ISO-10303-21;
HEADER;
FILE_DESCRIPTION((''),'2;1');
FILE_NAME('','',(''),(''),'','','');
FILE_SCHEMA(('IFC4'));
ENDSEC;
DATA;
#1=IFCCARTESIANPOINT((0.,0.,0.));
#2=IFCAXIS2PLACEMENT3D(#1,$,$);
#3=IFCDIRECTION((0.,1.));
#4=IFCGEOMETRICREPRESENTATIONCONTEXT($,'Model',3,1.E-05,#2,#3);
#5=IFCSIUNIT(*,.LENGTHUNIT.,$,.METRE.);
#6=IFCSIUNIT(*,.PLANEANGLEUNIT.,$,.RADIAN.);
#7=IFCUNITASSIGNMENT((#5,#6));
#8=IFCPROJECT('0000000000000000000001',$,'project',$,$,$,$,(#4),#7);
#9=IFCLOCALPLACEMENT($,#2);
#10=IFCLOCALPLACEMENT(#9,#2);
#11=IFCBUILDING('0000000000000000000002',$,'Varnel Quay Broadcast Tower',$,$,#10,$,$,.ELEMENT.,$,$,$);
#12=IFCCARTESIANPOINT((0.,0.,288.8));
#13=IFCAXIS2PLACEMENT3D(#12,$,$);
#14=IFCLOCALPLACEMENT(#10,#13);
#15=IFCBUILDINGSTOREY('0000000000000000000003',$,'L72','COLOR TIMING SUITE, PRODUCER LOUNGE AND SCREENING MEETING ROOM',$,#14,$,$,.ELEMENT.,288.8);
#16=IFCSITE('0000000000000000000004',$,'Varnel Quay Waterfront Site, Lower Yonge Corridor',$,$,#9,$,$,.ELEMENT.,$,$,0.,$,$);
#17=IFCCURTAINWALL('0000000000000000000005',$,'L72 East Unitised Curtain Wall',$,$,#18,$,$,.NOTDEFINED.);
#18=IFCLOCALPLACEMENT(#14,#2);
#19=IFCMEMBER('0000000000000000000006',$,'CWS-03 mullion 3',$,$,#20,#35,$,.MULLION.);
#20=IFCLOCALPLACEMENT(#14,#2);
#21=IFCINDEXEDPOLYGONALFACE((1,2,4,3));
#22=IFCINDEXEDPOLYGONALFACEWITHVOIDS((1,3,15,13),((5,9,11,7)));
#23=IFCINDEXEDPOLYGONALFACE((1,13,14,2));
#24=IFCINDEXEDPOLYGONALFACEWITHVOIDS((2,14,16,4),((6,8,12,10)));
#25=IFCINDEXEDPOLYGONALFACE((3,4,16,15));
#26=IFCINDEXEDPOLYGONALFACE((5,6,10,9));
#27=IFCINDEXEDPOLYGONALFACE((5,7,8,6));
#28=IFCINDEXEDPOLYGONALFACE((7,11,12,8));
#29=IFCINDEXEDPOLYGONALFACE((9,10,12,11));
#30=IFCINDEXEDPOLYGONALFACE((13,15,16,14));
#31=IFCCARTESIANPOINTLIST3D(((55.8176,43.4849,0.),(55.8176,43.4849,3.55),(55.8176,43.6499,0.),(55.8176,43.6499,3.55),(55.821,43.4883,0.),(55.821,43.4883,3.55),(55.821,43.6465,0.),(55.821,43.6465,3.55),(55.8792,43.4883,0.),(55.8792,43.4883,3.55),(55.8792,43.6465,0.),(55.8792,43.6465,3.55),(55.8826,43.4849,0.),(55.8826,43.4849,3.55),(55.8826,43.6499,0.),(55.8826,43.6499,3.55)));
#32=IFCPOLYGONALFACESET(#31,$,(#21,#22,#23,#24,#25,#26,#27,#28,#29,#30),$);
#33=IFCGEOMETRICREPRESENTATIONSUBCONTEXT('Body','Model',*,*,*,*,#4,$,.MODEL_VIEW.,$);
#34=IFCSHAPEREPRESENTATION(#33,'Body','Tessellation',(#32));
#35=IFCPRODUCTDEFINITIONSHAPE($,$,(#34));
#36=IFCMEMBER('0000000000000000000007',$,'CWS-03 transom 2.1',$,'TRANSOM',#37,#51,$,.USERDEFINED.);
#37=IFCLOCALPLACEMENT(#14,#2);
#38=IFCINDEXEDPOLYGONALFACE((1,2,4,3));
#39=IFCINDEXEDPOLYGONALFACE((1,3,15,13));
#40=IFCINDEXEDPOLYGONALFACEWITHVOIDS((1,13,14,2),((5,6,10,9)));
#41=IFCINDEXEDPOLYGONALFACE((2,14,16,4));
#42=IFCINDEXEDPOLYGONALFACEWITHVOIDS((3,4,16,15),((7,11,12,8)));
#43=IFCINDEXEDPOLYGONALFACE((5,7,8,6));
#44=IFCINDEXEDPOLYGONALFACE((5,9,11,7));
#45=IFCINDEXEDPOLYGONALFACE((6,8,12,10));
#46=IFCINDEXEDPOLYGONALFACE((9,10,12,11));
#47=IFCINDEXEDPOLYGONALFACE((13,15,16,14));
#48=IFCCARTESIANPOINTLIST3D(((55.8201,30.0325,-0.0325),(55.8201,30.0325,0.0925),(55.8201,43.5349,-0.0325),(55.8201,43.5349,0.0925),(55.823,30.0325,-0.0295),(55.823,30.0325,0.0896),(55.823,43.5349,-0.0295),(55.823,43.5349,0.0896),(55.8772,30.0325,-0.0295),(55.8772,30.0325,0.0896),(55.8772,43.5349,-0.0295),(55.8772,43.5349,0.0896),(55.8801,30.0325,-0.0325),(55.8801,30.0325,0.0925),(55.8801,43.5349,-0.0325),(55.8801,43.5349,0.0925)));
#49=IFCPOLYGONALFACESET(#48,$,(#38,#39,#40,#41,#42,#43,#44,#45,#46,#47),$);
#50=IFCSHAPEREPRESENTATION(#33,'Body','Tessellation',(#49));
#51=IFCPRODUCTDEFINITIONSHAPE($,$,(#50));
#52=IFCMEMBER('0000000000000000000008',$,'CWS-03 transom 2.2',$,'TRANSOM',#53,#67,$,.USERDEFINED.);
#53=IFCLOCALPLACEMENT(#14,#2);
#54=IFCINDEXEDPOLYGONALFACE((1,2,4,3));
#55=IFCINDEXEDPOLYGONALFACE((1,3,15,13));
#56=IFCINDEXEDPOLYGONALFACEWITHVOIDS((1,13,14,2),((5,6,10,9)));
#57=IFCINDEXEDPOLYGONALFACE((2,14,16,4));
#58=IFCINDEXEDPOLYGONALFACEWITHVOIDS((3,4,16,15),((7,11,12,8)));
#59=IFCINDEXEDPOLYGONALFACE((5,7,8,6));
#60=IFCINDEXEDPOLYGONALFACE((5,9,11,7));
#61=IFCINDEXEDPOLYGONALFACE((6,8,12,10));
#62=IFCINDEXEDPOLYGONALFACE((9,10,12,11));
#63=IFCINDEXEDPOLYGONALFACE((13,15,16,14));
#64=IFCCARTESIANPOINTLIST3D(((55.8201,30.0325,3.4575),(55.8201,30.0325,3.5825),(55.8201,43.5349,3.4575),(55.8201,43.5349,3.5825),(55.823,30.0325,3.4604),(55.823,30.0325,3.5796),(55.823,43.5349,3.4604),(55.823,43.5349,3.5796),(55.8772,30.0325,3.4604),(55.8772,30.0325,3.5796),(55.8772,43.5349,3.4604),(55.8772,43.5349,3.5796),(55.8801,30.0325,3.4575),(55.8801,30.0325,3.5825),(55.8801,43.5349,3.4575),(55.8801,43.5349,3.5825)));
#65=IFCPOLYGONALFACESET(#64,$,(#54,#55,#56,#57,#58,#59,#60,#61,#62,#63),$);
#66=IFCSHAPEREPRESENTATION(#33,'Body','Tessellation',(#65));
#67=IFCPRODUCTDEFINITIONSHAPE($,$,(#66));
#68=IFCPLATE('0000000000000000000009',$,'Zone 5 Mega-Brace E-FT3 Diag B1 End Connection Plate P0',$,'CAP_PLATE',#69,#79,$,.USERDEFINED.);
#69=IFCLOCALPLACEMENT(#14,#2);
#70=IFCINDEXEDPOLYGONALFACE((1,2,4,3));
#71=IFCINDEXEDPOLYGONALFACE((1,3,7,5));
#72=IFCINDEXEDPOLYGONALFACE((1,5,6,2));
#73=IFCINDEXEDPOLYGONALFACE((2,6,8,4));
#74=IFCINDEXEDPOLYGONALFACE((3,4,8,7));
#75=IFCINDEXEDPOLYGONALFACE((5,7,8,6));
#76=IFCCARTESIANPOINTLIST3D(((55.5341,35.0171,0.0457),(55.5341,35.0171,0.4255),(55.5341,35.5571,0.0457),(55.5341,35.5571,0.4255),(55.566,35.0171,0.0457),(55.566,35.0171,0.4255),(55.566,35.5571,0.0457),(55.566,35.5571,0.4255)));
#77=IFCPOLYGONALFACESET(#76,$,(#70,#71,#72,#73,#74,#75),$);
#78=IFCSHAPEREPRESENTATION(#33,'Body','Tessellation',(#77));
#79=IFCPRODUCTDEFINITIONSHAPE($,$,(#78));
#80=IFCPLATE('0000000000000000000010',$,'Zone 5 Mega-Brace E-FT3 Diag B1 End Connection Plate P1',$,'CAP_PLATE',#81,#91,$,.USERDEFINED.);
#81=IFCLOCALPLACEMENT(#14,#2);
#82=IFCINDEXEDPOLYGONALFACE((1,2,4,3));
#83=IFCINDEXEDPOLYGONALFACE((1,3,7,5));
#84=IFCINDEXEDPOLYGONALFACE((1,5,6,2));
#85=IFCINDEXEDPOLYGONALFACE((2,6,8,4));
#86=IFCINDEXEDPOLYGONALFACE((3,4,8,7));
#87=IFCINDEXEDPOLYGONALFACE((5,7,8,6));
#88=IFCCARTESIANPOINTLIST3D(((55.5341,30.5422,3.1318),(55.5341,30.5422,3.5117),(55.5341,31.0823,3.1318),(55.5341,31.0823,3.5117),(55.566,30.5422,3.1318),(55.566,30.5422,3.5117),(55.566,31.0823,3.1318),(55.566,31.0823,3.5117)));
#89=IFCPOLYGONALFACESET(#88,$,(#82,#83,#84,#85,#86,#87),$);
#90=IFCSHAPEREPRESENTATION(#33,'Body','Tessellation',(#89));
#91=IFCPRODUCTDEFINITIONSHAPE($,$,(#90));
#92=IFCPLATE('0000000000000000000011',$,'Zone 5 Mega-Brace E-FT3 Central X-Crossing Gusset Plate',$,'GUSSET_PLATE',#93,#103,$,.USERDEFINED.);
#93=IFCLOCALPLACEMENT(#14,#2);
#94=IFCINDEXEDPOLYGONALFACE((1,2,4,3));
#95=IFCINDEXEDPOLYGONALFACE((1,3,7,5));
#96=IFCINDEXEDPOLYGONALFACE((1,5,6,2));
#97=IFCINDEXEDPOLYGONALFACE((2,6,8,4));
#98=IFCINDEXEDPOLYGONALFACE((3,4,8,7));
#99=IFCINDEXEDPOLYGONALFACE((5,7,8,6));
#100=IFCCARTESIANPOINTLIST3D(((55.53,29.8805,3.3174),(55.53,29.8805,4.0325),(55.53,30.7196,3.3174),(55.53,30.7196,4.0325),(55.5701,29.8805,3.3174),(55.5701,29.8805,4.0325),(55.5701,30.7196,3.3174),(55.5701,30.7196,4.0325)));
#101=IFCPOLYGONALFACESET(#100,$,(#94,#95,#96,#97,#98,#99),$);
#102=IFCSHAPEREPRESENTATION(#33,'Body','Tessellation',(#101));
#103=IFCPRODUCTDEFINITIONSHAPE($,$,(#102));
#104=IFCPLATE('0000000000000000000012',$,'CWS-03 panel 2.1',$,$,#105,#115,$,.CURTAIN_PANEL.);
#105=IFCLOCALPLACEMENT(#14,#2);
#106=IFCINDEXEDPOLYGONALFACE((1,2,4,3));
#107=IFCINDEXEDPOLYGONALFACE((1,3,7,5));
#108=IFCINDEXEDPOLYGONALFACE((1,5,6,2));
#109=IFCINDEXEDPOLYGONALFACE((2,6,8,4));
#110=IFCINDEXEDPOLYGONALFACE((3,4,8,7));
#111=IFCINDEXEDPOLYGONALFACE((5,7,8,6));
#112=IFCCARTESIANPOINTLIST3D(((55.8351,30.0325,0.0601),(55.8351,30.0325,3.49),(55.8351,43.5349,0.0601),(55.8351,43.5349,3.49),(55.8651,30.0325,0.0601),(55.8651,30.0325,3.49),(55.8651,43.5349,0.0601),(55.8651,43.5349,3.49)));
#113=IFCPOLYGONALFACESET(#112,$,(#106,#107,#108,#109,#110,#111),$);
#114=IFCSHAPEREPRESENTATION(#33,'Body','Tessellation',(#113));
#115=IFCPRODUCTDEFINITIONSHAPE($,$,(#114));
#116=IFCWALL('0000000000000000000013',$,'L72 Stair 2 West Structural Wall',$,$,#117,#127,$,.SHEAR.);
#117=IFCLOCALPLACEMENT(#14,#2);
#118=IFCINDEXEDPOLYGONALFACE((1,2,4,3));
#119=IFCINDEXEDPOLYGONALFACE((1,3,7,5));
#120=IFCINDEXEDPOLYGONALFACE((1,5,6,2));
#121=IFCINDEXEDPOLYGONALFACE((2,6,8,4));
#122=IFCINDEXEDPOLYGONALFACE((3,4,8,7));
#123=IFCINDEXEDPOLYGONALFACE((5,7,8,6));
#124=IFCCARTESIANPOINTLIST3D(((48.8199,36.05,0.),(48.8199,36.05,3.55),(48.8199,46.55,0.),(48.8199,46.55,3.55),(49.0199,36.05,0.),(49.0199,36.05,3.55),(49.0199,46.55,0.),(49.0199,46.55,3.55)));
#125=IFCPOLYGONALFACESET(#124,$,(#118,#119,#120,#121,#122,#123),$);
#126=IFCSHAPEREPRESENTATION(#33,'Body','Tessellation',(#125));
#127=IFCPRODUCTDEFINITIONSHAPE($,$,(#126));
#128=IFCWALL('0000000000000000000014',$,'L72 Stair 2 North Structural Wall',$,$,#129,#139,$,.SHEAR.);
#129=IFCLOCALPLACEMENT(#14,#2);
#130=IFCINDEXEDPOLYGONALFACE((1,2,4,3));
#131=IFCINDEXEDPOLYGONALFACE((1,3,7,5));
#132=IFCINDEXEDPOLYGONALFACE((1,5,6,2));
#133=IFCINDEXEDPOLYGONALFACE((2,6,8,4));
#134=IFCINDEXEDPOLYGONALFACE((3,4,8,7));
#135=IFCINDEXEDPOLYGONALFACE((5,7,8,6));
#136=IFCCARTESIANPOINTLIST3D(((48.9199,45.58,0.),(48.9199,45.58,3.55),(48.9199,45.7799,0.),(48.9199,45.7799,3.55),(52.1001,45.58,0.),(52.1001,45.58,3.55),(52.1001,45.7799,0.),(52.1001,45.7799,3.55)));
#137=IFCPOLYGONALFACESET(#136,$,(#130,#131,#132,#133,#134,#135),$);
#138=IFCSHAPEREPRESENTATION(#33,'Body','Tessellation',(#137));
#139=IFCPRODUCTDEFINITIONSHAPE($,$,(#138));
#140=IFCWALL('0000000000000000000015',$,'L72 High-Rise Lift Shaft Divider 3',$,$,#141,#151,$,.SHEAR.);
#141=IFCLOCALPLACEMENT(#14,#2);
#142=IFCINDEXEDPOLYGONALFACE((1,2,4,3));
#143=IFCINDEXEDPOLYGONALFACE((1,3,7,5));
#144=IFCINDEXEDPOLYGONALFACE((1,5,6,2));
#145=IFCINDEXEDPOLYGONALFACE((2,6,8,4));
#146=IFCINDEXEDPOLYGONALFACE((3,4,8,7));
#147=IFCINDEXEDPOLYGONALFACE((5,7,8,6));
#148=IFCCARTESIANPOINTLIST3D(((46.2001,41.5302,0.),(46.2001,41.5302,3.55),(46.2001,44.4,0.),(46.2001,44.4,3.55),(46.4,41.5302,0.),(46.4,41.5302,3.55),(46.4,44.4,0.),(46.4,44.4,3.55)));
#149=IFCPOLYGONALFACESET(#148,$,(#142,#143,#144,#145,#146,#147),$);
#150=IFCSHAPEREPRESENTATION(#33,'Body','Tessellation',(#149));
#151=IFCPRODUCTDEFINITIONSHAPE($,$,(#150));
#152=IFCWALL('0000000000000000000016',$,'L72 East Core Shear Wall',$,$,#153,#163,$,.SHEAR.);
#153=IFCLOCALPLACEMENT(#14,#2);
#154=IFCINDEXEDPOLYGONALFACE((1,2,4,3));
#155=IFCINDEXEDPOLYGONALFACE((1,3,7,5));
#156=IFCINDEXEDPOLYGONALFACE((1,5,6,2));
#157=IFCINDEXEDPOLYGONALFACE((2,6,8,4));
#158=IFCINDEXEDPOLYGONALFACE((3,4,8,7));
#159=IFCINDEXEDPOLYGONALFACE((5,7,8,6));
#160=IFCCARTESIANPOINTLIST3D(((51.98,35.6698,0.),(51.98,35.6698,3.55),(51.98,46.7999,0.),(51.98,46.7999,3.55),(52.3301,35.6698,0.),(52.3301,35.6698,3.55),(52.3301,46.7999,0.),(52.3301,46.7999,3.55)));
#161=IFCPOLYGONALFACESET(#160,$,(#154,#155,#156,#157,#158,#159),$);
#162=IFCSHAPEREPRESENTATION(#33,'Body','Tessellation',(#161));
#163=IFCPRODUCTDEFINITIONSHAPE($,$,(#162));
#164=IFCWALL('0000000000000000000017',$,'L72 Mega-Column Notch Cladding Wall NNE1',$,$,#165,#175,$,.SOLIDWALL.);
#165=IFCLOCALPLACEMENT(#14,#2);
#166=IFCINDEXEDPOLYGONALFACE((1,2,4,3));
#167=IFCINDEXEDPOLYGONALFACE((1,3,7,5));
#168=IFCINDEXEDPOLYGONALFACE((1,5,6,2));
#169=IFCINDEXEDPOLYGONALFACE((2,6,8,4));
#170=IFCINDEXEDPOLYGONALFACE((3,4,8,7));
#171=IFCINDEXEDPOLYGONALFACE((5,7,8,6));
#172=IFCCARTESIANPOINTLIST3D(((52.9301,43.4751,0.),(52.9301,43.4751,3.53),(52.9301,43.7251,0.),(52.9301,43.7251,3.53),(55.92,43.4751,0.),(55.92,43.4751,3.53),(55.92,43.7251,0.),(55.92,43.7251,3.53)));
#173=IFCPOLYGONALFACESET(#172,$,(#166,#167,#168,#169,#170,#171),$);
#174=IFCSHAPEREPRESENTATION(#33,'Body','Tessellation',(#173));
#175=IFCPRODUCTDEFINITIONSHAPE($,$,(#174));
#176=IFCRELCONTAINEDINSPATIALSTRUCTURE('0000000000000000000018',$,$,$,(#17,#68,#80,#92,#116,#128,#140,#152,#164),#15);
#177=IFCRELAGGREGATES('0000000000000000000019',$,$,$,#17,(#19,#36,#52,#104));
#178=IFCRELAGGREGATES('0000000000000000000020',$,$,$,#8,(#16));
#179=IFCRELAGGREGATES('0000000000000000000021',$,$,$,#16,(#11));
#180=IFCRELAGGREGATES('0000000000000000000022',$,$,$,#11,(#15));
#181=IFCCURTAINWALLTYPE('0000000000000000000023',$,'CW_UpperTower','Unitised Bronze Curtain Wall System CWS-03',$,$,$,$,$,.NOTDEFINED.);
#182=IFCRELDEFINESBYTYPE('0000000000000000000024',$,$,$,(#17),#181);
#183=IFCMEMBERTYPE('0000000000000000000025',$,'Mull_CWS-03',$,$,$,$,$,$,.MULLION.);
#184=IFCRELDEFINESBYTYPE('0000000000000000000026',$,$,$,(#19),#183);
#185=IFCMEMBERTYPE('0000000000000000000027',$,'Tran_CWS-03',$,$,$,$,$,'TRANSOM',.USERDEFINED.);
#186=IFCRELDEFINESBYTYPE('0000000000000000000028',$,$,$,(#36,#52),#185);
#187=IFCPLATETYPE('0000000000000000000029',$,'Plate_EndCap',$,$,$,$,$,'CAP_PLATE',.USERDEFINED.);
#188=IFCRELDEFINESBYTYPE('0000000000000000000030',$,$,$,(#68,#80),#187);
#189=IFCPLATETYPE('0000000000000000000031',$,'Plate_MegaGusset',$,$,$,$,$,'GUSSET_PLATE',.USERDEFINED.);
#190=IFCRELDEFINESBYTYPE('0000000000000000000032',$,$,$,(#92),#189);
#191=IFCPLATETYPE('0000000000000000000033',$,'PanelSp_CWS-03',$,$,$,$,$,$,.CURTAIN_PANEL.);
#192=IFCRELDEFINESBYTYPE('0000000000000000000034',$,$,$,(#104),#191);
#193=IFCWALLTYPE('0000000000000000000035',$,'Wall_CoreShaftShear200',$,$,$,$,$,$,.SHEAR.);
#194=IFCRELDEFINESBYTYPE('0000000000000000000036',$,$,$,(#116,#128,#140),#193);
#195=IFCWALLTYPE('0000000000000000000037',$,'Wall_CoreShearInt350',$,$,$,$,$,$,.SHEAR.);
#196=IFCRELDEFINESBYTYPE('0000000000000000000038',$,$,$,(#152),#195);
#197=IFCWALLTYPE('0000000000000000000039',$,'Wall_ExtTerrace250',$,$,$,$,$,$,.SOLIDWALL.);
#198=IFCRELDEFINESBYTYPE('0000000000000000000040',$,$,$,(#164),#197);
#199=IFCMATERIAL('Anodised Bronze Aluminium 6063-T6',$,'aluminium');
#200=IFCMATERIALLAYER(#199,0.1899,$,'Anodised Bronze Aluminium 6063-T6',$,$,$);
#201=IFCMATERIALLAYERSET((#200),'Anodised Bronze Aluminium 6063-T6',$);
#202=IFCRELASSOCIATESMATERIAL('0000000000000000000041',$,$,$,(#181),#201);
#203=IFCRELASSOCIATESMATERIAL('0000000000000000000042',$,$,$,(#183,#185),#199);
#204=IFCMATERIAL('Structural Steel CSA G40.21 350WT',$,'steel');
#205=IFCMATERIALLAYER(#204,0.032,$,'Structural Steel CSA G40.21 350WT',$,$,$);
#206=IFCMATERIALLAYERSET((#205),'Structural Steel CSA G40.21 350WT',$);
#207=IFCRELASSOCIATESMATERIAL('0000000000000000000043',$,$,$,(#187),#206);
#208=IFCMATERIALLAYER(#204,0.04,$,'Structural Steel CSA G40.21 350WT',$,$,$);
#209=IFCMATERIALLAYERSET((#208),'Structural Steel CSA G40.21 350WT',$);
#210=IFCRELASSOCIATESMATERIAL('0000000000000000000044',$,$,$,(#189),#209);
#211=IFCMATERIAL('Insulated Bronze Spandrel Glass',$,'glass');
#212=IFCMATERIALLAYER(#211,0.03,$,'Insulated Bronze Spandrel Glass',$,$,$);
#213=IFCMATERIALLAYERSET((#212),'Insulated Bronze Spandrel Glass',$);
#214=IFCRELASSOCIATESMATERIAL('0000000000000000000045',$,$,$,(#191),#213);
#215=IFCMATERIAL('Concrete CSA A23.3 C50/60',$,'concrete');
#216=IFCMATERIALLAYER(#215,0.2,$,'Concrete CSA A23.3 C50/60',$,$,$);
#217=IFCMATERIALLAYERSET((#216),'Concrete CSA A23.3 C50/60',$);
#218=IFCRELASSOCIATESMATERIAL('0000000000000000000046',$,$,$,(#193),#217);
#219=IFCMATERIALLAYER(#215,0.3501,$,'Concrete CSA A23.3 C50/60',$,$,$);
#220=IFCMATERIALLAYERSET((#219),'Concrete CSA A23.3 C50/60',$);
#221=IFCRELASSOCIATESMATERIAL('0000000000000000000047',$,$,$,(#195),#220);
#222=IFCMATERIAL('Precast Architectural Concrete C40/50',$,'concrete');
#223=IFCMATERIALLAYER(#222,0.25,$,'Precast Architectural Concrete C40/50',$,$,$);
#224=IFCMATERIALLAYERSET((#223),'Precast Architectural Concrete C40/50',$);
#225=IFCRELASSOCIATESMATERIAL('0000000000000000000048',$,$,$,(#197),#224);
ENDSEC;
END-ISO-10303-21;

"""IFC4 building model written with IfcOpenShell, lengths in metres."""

from ifc_helpers import new_model, si_unit, direction, frame, frame_2d, origin, origin_2d, place, context, subcontext, project, spatial, rectangle, hollow_rectangle, extrude, source, transform, mapped, material, layer, layer_set, material_profile, profile_set, type_object, type_shapes, element, aggregate, save


model = new_model("IFC4")

# Units and contexts
model_context = context("Model", 3, precision=1e-05, world=origin(), true_north=direction((0.0, 1.0)))
body_context = subcontext(model_context, "Body", "Model", "MODEL_VIEW")
ifc_project = project(units=[si_unit("LENGTHUNIT", "METRE"), si_unit("PLANEANGLEUNIT", "RADIAN")], contexts=[model_context])

# Site, building, storey
site_placement = place(None, origin())
site = spatial("IfcSite", under=ifc_project, at=site_placement, Name="Varnel Quay Waterfront Site, Lower Yonge Corridor", CompositionType="ELEMENT", RefElevation=0.0)
building_placement = place(site_placement, origin())
building = spatial("IfcBuilding", under=site, at=building_placement, Name="Varnel Quay Broadcast Tower", CompositionType="ELEMENT")
storey_placement = place(building_placement, frame((0.0, 0.0, 288.8)))
storey = spatial("IfcBuildingStorey", under=building, at=storey_placement, Name="L72", Description="COLOR TIMING SUITE, PRODUCER LOUNGE AND SCREENING MEETING ROOM", CompositionType="ELEMENT", Elevation=288.8)

# Shared definitions
ifc_material_1 = material(Name="Structural Steel CSA G40.21 350WT", Category="steel")

# Curtain wall, members
ifc_material_2 = material(Name="Anodised Bronze Aluminium 6063-T6", Category="aluminium")
ifc_layer_1 = layer(ifc_material_2, 0.1899, Name="Anodised Bronze Aluminium 6063-T6")
ifc_layer_set_1 = layer_set([ifc_layer_1], Name="Anodised Bronze Aluminium 6063-T6")
curtain_wall_type = type_object("IfcCurtainWallType", Name="CW_UpperTower", Description="Unitised Bronze Curtain Wall System CWS-03", PredefinedType="NOTDEFINED", material=ifc_layer_set_1)
curtain_wall_placement = place(storey_placement, origin())
curtain_wall = element("IfcCurtainWall", 1, at=curtain_wall_placement, inside=storey, type_object=curtain_wall_type, Name="L72 East Unitised Curtain Wall", PredefinedType="NOTDEFINED")
ifc_material_profile_1 = material_profile(ifc_material_2, hollow_rectangle(XDim=0.0649, YDim=0.165, WallThickness=0.0034, at=origin_2d()), Name="ALU65X165X3.5")
ifc_profile_set_1 = profile_set([ifc_material_profile_1], Name="Anodised Bronze Aluminium 6063-T6")
member_type_1 = type_object("IfcMemberType", Name="Mull_CWS-03", PredefinedType="MULLION", material=ifc_profile_set_1)
shared_shape_1 = source(origin(), body_context, "Body", "SweptSolid", [
    extrude(hollow_rectangle(XDim=0.0649, YDim=0.165, WallThickness=0.0034, at=origin_2d()), origin(), (0.0, 0.0, 1.0), 3.55),
])
type_shapes(member_type_1, [shared_shape_1])
member_1_placement = place(storey_placement, frame((55.8501, 43.5674, 0.0), z_axis=(0.0, 0.0, 1.0), x_axis=(-1.0, 0.0, 0.0)))
member_1 = element("IfcMember", 2, at=member_1_placement, type_object=member_type_1, Name="CWS-03 mullion 3", PredefinedType="MULLION", context=body_context, shape_type="MappedRepresentation", body=[
    mapped(shared_shape_1, transform((0.0, 0.0, 0.0), x_axis=(1.0, 0.0, 0.0), y_axis=(0.0, 1.0, 0.0), z_axis=(0.0, 0.0, 1.0), scale=1.0)),
])
ifc_material_profile_2 = material_profile(ifc_material_2, hollow_rectangle(XDim=0.0601, YDim=0.125, WallThickness=0.0029, at=origin_2d()), Name="ALU60X125X3")
ifc_profile_set_2 = profile_set([ifc_material_profile_2], Name="Anodised Bronze Aluminium 6063-T6")
member_type_2 = type_object("IfcMemberType", Name="Tran_CWS-03", ElementType="TRANSOM", PredefinedType="USERDEFINED", material=ifc_profile_set_2)
shared_shape_2 = source(origin(), body_context, "Body", "SweptSolid", [
    extrude(hollow_rectangle(XDim=0.0601, YDim=0.125, WallThickness=0.0029, at=origin_2d()), origin(), (0.0, 0.0, 1.0), 13.5024),
])
type_shapes(member_type_2, [shared_shape_2])
member_2_placement = place(storey_placement, frame((55.8501, 30.0325, 0.03), z_axis=(0.0, 1.0, 0.0), x_axis=(-1.0, 0.0, 0.0)))
member_2 = element("IfcMember", 3, at=member_2_placement, type_object=member_type_2, Name="CWS-03 transom 2.1", ObjectType="TRANSOM", PredefinedType="USERDEFINED", context=body_context, shape_type="MappedRepresentation", body=[
    mapped(shared_shape_2, transform((0.0, 0.0, 0.0), x_axis=(1.0, 0.0, 0.0), y_axis=(0.0, 1.0, 0.0), z_axis=(0.0, 0.0, 1.0), scale=1.0)),
])
member_3_placement = place(storey_placement, frame((55.8501, 30.0325, 3.52), z_axis=(0.0, 1.0, 0.0), x_axis=(-1.0, 0.0, 0.0)))
member_3 = element("IfcMember", 4, at=member_3_placement, type_object=member_type_2, Name="CWS-03 transom 2.2", ObjectType="TRANSOM", PredefinedType="USERDEFINED", context=body_context, shape_type="MappedRepresentation", body=[
    mapped(shared_shape_2, transform((0.0, 0.0, 0.0), x_axis=(1.0, 0.0, 0.0), y_axis=(0.0, 1.0, 0.0), z_axis=(0.0, 0.0, 1.0), scale=1.0)),
])

# Plates
ifc_layer_2 = layer(ifc_material_1, 0.032, Name="Structural Steel CSA G40.21 350WT")
ifc_layer_set_2 = layer_set([ifc_layer_2], Name="Structural Steel CSA G40.21 350WT")
plate_type_1 = type_object("IfcPlateType", Name="Plate_EndCap", ElementType="CAP_PLATE", PredefinedType="USERDEFINED", material=ifc_layer_set_2)
shared_shape_3 = source(origin(), body_context, "Body", "SweptSolid", [
    extrude(rectangle(XDim=0.54, YDim=0.032, at=origin_2d()), origin(), (0.0, 0.0, 1.0), 0.3799),
])
type_shapes(plate_type_1, [shared_shape_3])
for number, where, z_axis, x_axis, name in (
    (5, (55.55, 35.2871, 0.0457), (0.0, 0.0, 1.0), (0.0, 1.0, 0.0), "Zone 5 Mega-Brace E-FT3 Diag B1 End Connection Plate P0"),
    (6, (55.55, 30.8123, 3.1318), (0.0, 0.0, 1.0), (0.0, 1.0, 0.0), "Zone 5 Mega-Brace E-FT3 Diag B1 End Connection Plate P1"),
):
    element("IfcPlate", number, at=place(storey_placement, frame(where, z_axis=z_axis, x_axis=x_axis)), inside=storey, type_object=plate_type_1, Name=name, ObjectType="CAP_PLATE", PredefinedType="USERDEFINED", context=body_context, shape_type="MappedRepresentation", body=[
        mapped(shared_shape_3, transform((0.0, 0.0, 0.0), x_axis=(1.0, 0.0, 0.0), y_axis=(0.0, 1.0, 0.0), z_axis=(0.0, 0.0, 1.0), scale=1.0)),
    ])
ifc_layer_3 = layer(ifc_material_1, 0.04, Name="Structural Steel CSA G40.21 350WT")
ifc_layer_set_3 = layer_set([ifc_layer_3], Name="Structural Steel CSA G40.21 350WT")
plate_type_2 = type_object("IfcPlateType", Name="Plate_MegaGusset", ElementType="GUSSET_PLATE", PredefinedType="USERDEFINED", material=ifc_layer_set_3)
shared_shape_4 = source(origin(), body_context, "Body", "SweptSolid", [
    extrude(rectangle(XDim=0.8391, YDim=0.04, at=origin_2d()), origin(), (0.0, 0.0, 1.0), 0.7151),
])
type_shapes(plate_type_2, [shared_shape_4])
plate_1_placement = place(storey_placement, frame((55.55, 30.3, 3.3174), z_axis=(0.0, 0.0, 1.0), x_axis=(0.0, 1.0, 0.0)))
element("IfcPlate", 7, at=plate_1_placement, inside=storey, type_object=plate_type_2, Name="Zone 5 Mega-Brace E-FT3 Central X-Crossing Gusset Plate", ObjectType="GUSSET_PLATE", PredefinedType="USERDEFINED", context=body_context, shape_type="MappedRepresentation", body=[
    mapped(shared_shape_4, transform((0.0, 0.0, 0.0), x_axis=(1.0, 0.0, 0.0), y_axis=(0.0, 1.0, 0.0), z_axis=(0.0, 0.0, 1.0), scale=1.0)),
])

# Plate
ifc_material_3 = material(Name="Insulated Bronze Spandrel Glass", Category="glass")
ifc_layer_4 = layer(ifc_material_3, 0.03, Name="Insulated Bronze Spandrel Glass")
ifc_layer_set_4 = layer_set([ifc_layer_4], Name="Insulated Bronze Spandrel Glass")
plate_type_3 = type_object("IfcPlateType", Name="PanelSp_CWS-03", PredefinedType="CURTAIN_PANEL", material=ifc_layer_set_4)
shared_shape_5 = source(origin(), body_context, "Body", "SweptSolid", [
    extrude(rectangle(XDim=13.5024, YDim=0.03, at=origin_2d()), origin(), (0.0, 0.0, 1.0), 3.4299),
])
type_shapes(plate_type_3, [shared_shape_5])
plate_2_placement = place(storey_placement, frame((55.8501, 36.7837, 0.0601), z_axis=(0.0, 0.0, 1.0), x_axis=(0.0, 1.0, 0.0)))
plate_2 = element("IfcPlate", 8, at=plate_2_placement, type_object=plate_type_3, Name="CWS-03 panel 2.1", PredefinedType="CURTAIN_PANEL", context=body_context, shape_type="MappedRepresentation", body=[
    mapped(shared_shape_5, transform((0.0, 0.0, 0.0), x_axis=(1.0, 0.0, 0.0), y_axis=(0.0, 1.0, 0.0), z_axis=(0.0, 0.0, 1.0), scale=1.0)),
])
aggregate(curtain_wall, [member_1, member_2, member_3, plate_2])

# Walls
ifc_material_4 = material(Name="Concrete CSA A23.3 C50/60", Category="concrete")
ifc_layer_5 = layer(ifc_material_4, 0.2, Name="Concrete CSA A23.3 C50/60")
ifc_layer_set_5 = layer_set([ifc_layer_5], Name="Concrete CSA A23.3 C50/60")
wall_type_1 = type_object("IfcWallType", Name="Wall_CoreShaftShear200", PredefinedType="SHEAR", material=ifc_layer_set_5)
wall_1_placement = place(storey_placement, frame((48.9199, 36.05, 0.0), z_axis=(0.0, 0.0, 1.0), x_axis=(0.0, 1.0, 0.0)))
element("IfcWall", 9, at=wall_1_placement, inside=storey, type_object=wall_type_1, Name="L72 Stair 2 West Structural Wall", PredefinedType="SHEAR", context=body_context, shape_type="SweptSolid", body=[
    extrude(rectangle(XDim=10.5, YDim=0.2, at=frame_2d((5.25, 0.0))), origin(), (0.0, 0.0, 1.0), 3.55),
])
wall_2_placement = place(storey_placement, frame((48.9199, 45.6799, 0.0), z_axis=(0.0, 0.0, 1.0), x_axis=(1.0, 0.0, 0.0)))
element("IfcWall", 10, at=wall_2_placement, inside=storey, type_object=wall_type_1, Name="L72 Stair 2 North Structural Wall", PredefinedType="SHEAR", context=body_context, shape_type="SweptSolid", body=[
    extrude(rectangle(XDim=3.1802, YDim=0.2, at=frame_2d((1.5901, 0.0))), origin(), (0.0, 0.0, 1.0), 3.55),
])
wall_3_placement = place(storey_placement, frame((46.3, 41.53, 0.0), z_axis=(0.0, 0.0, 1.0), x_axis=(0.0, 1.0, 0.0)))
element("IfcWall", 11, at=wall_3_placement, inside=storey, type_object=wall_type_1, Name="L72 High-Rise Lift Shaft Divider 3", PredefinedType="SHEAR", context=body_context, shape_type="SweptSolid", body=[
    extrude(rectangle(XDim=2.8699, YDim=0.2, at=frame_2d((1.4351, 0.0))), origin(), (0.0, 0.0, 1.0), 3.55),
])
ifc_layer_6 = layer(ifc_material_4, 0.3501, Name="Concrete CSA A23.3 C50/60")
ifc_layer_set_6 = layer_set([ifc_layer_6], Name="Concrete CSA A23.3 C50/60")
wall_type_2 = type_object("IfcWallType", Name="Wall_CoreShearInt350", PredefinedType="SHEAR", material=ifc_layer_set_6)
wall_4_placement = place(storey_placement, frame((52.155, 35.6699, 0.0), z_axis=(0.0, 0.0, 1.0), x_axis=(0.0, 1.0, 0.0)))
element("IfcWall", 12, at=wall_4_placement, inside=storey, type_object=wall_type_2, Name="L72 East Core Shear Wall", PredefinedType="SHEAR", context=body_context, shape_type="SweptSolid", body=[
    extrude(rectangle(XDim=11.1301, YDim=0.3501, at=frame_2d((5.5649, 0.0))), origin(), (0.0, 0.0, 1.0), 3.55),
])
ifc_material_5 = material(Name="Precast Architectural Concrete C40/50", Category="concrete")
ifc_layer_7 = layer(ifc_material_5, 0.25, Name="Precast Architectural Concrete C40/50")
ifc_layer_set_7 = layer_set([ifc_layer_7], Name="Precast Architectural Concrete C40/50")
wall_type_3 = type_object("IfcWallType", Name="Wall_ExtTerrace250", PredefinedType="SOLIDWALL", material=ifc_layer_set_7)
wall_5_placement = place(storey_placement, frame((52.9299, 43.6001, 0.0), z_axis=(0.0, 0.0, 1.0), x_axis=(1.0, 0.0, 0.0)))
element("IfcWall", 13, at=wall_5_placement, inside=storey, type_object=wall_type_3, Name="L72 Mega-Column Notch Cladding Wall NNE1", PredefinedType="SOLIDWALL", context=body_context, shape_type="SweptSolid", body=[
    extrude(rectangle(XDim=2.99, YDim=0.25, at=frame_2d((1.4951, 0.0))), origin(), (0.0, 0.0, 1.0), 3.53),
])

save(model, "model.ifc")
